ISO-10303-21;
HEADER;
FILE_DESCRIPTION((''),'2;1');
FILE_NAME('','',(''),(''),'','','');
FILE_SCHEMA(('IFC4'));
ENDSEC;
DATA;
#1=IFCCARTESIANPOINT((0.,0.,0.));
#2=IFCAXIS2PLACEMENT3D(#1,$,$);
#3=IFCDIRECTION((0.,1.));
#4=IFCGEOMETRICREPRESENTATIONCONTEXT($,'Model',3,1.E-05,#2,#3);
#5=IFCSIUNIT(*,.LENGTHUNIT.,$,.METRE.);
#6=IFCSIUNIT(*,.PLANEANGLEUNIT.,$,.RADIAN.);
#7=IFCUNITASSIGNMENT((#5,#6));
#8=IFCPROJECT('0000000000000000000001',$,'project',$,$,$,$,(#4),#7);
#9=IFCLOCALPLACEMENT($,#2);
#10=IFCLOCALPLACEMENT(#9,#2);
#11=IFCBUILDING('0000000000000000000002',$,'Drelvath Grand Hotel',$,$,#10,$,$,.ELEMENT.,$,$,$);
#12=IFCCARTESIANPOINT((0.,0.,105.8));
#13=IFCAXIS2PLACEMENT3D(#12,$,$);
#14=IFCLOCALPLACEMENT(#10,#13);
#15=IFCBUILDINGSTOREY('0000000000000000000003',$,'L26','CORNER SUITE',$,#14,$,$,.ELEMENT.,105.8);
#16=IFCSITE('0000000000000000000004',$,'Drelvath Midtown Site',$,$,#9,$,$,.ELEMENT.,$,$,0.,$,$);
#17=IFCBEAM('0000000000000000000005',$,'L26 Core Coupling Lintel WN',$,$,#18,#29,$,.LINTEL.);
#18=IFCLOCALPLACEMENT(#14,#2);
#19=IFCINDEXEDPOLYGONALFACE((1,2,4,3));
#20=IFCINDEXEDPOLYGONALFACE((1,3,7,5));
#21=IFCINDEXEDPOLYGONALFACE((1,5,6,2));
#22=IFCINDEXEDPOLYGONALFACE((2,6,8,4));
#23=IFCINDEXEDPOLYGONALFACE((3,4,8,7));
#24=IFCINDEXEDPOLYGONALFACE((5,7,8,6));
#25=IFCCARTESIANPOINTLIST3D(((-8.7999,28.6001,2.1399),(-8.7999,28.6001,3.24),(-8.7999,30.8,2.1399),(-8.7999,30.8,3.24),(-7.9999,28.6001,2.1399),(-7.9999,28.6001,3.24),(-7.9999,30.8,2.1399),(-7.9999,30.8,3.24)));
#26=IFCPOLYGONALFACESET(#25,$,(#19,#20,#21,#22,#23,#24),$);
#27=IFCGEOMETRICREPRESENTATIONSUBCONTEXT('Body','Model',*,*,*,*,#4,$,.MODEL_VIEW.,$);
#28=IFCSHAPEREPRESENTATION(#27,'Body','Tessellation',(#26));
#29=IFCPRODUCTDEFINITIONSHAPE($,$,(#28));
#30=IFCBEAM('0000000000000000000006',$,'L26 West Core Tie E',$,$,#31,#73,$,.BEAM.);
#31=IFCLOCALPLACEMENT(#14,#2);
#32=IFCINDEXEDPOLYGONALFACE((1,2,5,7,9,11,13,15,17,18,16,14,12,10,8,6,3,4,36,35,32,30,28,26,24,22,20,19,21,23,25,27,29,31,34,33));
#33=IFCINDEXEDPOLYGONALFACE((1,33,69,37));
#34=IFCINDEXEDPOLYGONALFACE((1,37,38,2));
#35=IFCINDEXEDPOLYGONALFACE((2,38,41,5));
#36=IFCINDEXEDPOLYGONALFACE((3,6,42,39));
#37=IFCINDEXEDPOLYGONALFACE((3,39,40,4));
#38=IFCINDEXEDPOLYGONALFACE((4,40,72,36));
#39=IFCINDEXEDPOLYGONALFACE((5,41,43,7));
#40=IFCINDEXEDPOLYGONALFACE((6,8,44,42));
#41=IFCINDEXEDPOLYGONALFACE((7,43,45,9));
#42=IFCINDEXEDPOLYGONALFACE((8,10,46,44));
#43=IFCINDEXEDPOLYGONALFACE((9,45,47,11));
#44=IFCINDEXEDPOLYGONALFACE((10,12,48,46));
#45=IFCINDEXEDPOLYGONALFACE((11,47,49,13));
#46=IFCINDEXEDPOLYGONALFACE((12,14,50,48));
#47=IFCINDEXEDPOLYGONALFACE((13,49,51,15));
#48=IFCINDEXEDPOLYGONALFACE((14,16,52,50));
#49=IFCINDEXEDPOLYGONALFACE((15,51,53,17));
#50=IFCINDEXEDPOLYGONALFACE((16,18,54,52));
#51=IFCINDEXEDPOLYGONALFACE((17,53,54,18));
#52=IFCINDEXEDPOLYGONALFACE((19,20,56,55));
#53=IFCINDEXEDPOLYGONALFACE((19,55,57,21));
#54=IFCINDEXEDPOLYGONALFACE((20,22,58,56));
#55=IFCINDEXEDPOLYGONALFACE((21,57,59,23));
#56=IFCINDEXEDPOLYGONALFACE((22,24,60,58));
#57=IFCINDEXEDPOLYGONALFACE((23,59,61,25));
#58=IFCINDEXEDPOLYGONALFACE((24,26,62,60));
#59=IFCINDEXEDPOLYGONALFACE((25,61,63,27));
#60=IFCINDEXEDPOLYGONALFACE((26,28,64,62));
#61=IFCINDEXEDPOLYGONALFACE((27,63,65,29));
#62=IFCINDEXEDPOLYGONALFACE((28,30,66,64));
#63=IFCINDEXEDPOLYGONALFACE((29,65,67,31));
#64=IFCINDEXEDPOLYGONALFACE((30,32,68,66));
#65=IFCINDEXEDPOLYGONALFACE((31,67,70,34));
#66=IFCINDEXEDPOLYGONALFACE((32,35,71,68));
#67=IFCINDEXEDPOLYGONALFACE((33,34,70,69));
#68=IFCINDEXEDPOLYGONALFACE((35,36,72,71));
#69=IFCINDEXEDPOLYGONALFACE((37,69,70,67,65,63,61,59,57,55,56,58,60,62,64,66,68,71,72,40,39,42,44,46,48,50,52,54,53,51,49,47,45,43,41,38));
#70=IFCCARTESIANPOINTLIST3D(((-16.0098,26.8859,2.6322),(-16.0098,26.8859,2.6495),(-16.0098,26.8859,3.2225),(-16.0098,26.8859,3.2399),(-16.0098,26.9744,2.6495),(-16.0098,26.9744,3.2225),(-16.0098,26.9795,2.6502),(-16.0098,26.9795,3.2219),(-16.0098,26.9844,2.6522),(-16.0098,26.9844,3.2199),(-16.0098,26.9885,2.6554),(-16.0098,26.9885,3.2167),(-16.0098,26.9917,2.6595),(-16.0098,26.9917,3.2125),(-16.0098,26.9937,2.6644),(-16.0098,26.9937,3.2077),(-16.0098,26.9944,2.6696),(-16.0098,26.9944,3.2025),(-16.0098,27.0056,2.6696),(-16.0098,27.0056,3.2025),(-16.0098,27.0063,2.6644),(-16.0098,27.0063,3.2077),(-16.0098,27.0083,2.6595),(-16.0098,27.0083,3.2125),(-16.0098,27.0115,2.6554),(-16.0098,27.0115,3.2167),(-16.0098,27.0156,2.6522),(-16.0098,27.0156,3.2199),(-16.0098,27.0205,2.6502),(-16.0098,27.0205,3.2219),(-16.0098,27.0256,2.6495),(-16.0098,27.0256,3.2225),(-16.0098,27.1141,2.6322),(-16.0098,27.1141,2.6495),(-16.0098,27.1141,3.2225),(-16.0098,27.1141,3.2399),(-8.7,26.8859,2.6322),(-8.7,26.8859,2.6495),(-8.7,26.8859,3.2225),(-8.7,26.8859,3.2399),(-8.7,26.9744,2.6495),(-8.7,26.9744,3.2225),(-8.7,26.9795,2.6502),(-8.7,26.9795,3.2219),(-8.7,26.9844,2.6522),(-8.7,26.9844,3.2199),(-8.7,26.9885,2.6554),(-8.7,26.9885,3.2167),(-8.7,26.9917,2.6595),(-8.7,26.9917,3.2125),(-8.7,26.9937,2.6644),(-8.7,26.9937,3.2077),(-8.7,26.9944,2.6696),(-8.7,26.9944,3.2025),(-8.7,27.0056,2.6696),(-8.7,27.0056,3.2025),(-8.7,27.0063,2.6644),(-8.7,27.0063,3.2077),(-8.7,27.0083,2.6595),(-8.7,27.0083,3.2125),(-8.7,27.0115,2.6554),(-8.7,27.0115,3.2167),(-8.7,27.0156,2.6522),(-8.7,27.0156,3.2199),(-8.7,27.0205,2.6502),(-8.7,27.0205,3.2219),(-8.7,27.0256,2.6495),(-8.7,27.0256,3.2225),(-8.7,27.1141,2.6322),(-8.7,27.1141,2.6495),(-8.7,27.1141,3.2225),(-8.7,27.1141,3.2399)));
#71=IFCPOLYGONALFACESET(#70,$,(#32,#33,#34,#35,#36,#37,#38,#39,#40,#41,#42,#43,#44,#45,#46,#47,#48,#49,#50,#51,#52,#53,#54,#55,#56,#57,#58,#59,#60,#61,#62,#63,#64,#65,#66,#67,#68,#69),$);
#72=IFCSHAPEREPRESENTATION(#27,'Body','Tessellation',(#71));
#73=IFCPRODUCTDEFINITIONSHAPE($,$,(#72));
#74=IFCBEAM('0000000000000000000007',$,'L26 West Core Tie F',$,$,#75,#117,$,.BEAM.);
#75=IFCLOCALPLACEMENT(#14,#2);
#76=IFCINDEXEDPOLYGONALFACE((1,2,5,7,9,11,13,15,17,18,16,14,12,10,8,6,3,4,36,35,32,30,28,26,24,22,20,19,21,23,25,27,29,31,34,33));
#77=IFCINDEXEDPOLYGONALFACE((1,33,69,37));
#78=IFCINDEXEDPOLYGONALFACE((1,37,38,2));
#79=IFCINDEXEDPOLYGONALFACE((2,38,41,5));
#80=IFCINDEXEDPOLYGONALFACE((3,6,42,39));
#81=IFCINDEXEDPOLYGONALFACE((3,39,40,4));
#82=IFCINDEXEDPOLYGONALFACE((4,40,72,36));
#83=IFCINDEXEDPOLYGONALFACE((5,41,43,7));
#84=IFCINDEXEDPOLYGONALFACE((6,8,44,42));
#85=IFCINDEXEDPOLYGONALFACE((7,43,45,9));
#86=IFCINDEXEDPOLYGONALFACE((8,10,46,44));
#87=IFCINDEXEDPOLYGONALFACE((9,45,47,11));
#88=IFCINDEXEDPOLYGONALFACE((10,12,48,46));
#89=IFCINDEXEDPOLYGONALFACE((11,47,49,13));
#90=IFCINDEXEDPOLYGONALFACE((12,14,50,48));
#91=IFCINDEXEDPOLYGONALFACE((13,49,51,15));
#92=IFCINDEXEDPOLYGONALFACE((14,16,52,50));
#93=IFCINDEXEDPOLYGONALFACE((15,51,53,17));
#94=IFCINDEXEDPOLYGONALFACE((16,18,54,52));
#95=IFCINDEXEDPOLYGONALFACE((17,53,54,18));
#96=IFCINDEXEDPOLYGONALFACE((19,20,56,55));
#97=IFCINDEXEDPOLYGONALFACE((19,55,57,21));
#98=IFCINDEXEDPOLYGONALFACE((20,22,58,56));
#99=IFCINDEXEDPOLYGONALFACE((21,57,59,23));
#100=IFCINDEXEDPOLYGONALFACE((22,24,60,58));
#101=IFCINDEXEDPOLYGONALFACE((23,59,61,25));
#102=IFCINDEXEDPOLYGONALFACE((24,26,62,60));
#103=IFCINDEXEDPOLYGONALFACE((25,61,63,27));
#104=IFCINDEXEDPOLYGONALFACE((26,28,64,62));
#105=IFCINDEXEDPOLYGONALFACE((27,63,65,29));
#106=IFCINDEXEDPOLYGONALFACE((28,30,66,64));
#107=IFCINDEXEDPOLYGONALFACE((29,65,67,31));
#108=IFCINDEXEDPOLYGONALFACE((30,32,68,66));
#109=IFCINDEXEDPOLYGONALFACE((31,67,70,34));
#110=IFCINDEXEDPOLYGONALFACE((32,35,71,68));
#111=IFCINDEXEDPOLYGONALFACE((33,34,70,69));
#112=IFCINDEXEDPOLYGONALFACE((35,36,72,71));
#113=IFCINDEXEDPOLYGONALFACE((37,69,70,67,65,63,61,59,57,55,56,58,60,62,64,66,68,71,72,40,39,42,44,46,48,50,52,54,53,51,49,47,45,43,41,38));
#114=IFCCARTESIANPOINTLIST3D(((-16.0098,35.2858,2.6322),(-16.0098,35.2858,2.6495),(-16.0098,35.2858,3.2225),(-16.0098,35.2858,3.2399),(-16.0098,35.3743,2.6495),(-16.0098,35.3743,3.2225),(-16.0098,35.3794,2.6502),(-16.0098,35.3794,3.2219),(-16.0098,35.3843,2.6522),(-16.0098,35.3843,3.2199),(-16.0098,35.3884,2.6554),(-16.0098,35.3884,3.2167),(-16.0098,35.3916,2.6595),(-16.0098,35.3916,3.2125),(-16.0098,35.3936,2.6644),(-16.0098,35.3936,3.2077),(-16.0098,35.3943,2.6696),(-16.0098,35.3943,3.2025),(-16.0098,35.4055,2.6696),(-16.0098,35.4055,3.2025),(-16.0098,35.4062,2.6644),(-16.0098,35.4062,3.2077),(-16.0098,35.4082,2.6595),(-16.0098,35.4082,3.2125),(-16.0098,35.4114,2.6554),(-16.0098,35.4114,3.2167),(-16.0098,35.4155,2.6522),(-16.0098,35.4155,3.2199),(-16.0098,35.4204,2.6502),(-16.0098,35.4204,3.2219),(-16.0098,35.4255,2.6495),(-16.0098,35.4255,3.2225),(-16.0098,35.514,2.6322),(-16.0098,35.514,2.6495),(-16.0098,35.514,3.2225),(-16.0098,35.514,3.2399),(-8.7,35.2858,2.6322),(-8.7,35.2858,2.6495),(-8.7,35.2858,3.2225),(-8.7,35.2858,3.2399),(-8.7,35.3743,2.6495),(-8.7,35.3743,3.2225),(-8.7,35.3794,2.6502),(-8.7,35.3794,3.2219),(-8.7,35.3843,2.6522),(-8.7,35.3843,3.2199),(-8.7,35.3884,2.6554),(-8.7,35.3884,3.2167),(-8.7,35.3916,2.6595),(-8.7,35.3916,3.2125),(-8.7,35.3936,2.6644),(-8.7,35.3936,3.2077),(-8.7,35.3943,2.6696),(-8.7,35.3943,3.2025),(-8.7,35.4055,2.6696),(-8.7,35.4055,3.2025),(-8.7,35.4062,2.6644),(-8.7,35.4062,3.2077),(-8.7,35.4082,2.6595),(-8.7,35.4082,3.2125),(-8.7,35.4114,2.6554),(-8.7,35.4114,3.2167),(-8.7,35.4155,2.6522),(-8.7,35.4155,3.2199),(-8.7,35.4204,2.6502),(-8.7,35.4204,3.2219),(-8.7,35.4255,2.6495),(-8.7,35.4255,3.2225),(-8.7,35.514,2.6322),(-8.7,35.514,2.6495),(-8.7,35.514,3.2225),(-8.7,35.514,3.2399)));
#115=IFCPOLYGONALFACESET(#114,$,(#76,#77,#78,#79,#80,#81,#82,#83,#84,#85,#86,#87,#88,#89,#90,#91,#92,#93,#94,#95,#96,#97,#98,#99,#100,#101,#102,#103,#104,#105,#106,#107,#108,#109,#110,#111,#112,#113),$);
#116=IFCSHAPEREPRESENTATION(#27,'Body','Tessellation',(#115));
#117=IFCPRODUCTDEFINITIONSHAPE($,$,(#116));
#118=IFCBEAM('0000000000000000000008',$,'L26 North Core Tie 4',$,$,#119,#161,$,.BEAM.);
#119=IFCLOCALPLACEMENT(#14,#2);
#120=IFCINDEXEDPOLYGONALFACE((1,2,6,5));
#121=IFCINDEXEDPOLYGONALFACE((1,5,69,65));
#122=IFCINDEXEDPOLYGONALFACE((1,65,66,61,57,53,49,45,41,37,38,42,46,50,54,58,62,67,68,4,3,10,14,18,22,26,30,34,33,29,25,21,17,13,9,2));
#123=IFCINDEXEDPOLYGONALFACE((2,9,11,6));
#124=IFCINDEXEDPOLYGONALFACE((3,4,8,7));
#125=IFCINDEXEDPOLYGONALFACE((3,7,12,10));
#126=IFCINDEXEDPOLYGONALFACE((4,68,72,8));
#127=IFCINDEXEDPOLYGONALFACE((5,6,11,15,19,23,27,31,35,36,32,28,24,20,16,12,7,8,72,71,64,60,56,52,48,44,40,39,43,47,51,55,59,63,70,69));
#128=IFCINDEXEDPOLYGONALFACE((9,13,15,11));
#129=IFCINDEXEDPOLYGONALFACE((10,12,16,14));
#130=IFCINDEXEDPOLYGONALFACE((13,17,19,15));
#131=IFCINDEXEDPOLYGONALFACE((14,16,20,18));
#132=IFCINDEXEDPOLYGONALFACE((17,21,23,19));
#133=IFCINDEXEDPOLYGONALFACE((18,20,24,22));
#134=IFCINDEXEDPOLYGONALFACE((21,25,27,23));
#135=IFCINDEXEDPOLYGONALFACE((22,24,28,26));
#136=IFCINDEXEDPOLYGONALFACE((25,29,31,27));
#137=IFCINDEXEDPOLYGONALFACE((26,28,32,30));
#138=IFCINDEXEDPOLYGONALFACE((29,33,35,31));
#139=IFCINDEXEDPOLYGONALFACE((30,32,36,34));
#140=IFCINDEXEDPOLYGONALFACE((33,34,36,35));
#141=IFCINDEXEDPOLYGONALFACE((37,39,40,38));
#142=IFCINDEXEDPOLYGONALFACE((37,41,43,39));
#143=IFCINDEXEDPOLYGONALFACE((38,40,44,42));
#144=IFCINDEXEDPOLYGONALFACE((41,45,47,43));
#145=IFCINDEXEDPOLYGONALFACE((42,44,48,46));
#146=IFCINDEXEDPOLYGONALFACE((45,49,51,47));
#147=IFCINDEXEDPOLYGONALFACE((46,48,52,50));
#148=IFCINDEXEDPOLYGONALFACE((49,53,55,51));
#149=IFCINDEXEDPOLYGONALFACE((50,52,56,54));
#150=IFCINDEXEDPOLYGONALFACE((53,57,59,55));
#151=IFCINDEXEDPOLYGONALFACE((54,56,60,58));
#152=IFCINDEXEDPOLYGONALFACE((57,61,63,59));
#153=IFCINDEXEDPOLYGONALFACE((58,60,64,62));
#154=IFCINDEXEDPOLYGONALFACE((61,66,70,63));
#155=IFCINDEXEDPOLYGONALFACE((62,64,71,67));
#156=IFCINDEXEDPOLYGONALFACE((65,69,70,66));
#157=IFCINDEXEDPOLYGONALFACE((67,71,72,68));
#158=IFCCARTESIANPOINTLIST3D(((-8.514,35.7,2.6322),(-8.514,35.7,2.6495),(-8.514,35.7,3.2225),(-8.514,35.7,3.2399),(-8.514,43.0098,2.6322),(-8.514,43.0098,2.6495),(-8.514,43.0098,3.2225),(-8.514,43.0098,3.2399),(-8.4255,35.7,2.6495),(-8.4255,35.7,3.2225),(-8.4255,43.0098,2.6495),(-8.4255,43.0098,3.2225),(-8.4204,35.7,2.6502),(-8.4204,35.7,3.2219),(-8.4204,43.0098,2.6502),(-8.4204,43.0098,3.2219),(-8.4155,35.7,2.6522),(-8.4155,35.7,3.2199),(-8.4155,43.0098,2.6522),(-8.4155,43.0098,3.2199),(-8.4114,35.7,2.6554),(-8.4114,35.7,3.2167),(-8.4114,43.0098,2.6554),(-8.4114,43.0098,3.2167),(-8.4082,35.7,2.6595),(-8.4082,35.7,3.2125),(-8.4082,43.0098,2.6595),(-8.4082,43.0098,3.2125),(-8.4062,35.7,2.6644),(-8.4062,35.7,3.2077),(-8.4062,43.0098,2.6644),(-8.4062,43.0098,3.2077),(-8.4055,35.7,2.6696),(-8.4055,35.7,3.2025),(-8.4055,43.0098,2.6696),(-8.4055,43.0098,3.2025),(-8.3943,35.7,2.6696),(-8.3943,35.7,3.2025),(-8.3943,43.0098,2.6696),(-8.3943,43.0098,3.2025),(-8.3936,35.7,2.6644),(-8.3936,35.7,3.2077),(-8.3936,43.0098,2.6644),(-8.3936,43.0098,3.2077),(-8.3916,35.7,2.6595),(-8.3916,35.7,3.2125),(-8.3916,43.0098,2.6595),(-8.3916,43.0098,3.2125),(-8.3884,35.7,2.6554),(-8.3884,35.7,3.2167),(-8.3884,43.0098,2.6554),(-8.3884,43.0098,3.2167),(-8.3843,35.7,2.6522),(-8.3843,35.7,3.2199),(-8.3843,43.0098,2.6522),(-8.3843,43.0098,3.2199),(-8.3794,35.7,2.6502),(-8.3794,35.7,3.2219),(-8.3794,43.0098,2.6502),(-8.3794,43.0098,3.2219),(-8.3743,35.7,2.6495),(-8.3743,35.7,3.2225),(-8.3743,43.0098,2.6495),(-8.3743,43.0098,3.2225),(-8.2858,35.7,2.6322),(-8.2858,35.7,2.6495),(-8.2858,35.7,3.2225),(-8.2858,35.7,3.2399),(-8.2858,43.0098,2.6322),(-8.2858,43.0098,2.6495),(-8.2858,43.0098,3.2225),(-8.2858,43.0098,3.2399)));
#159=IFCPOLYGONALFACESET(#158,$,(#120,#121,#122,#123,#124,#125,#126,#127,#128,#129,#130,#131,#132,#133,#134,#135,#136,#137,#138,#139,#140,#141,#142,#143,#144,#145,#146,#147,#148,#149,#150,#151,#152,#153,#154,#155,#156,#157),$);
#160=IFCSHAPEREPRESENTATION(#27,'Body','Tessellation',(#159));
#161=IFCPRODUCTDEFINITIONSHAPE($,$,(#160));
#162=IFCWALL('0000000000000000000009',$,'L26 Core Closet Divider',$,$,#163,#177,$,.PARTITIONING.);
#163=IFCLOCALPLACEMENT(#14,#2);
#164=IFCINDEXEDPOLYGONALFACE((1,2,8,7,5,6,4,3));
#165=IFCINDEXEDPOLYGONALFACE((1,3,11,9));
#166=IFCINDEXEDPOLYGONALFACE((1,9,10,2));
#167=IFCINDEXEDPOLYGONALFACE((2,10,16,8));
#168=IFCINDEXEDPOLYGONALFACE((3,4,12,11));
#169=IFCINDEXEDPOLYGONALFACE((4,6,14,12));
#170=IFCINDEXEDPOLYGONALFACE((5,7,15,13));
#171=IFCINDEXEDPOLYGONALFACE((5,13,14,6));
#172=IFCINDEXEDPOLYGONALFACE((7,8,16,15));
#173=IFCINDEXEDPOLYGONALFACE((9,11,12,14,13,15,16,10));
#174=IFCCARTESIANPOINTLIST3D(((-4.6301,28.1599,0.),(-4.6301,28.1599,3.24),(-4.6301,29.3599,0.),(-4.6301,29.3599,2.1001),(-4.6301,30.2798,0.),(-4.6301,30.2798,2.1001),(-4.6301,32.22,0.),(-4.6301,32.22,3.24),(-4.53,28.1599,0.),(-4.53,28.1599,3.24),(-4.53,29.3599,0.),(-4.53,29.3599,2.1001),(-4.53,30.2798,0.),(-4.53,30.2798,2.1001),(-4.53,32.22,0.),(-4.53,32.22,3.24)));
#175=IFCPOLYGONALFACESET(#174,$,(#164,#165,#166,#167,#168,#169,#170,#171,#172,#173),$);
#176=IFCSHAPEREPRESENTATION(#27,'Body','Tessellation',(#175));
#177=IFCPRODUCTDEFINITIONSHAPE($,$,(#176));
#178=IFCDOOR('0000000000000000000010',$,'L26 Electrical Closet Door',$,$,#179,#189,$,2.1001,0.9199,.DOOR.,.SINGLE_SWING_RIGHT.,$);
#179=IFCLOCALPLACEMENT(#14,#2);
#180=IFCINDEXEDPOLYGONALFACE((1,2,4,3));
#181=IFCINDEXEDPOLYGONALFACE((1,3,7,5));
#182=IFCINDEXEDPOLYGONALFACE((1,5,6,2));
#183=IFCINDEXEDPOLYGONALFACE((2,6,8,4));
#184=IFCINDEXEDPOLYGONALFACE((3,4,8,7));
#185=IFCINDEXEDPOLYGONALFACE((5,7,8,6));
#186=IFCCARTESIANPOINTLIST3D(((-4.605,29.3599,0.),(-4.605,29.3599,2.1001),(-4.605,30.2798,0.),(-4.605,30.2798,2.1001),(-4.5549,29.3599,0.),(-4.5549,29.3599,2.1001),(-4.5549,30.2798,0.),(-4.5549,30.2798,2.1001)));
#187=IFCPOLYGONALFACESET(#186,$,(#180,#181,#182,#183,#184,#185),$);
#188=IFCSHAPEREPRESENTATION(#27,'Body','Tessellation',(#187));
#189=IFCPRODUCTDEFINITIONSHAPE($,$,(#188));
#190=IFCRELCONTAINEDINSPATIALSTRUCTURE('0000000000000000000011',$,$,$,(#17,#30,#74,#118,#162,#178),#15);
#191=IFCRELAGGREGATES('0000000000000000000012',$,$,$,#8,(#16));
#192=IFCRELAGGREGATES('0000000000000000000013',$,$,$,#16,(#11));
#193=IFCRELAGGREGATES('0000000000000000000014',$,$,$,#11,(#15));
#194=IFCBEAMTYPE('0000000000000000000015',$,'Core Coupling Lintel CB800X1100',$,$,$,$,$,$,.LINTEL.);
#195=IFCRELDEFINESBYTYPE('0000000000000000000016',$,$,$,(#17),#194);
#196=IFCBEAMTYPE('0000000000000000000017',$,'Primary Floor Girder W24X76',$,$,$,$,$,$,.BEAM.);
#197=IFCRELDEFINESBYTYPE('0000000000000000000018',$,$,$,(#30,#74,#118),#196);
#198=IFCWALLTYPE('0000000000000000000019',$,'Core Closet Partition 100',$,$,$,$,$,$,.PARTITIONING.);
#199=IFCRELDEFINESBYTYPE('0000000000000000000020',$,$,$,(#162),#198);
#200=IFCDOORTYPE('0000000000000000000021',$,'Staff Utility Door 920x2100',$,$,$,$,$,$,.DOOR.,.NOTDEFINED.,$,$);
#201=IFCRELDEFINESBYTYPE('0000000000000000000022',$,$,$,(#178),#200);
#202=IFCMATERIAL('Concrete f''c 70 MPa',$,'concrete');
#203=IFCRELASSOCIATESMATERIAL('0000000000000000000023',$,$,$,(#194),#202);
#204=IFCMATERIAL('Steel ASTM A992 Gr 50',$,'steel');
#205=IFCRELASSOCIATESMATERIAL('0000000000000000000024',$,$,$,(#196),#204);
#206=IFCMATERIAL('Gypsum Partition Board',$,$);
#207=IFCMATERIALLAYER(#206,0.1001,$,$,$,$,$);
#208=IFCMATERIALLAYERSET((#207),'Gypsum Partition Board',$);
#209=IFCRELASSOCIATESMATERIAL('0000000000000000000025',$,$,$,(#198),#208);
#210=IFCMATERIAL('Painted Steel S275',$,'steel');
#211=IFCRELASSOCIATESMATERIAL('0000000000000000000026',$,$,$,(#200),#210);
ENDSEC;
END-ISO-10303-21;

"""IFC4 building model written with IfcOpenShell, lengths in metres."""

from ifc_helpers import new_model, si_unit, direction, frame, frame_2d, origin, origin_2d, place, context, subcontext, project, spatial, rectangle, i_section, extrude, material, layer, layer_set, material_profile, profile_set, type_object, element, fill, save


model = new_model("IFC4")

# Units and contexts
model_context = context("Model", 3, precision=1e-05, world=origin(), true_north=direction((0.0, 1.0)))
body_context = subcontext(model_context, "Body", "Model", "MODEL_VIEW")
ifc_project = project(units=[si_unit("LENGTHUNIT", "METRE"), si_unit("PLANEANGLEUNIT", "RADIAN")], contexts=[model_context])

# Site, building, storey
site_placement = place(None, origin())
site = spatial("IfcSite", under=ifc_project, at=site_placement, Name="Drelvath Midtown Site", CompositionType="ELEMENT", RefElevation=0.0)
building_placement = place(site_placement, origin())
building = spatial("IfcBuilding", under=site, at=building_placement, Name="Drelvath Grand Hotel", CompositionType="ELEMENT")
storey_placement = place(building_placement, frame((0.0, 0.0, 105.8)))
storey = spatial("IfcBuildingStorey", under=building, at=storey_placement, Name="L26", Description="CORNER SUITE", CompositionType="ELEMENT", Elevation=105.8)

# Beams
ifc_material_1 = material(Name="Concrete f'c 70 MPa", Category="concrete")
ifc_material_profile_1 = material_profile(ifc_material_1, rectangle(XDim=0.8, YDim=1.1001, at=origin_2d()), Name="CB800X1100")
ifc_profile_set_1 = profile_set([ifc_material_profile_1], Name="Concrete f'c 70 MPa")
beam_type_1 = type_object("IfcBeamType", Name="Core Coupling Lintel CB800X1100", PredefinedType="LINTEL", material=ifc_profile_set_1)
beam_placement = place(storey_placement, frame((-8.3999, 28.6001, 2.6899), z_axis=(0.0, 1.0, 0.0), x_axis=(-1.0, 0.0, 0.0)))
element("IfcBeam", 1, at=beam_placement, inside=storey, type_object=beam_type_1, Name="L26 Core Coupling Lintel WN", PredefinedType="LINTEL", context=body_context, shape_type="SweptSolid", body=[
    extrude(rectangle(XDim=0.8, YDim=1.1001, at=origin_2d()), origin(), (0.0, 0.0, 1.0), 2.2),
])
ifc_material_2 = material(Name="Steel ASTM A992 Gr 50", Category="steel")
ifc_material_profile_2 = material_profile(ifc_material_2, i_section(OverallWidth=0.2283, OverallDepth=0.6077, WebThickness=0.0112, FlangeThickness=0.0173, FilletRadius=0.02, at=origin_2d()), Name="W24X76")
ifc_profile_set_2 = profile_set([ifc_material_profile_2], Name="Steel ASTM A992 Gr 50")
beam_type_2 = type_object("IfcBeamType", Name="Primary Floor Girder W24X76", PredefinedType="BEAM", material=ifc_profile_set_2)
for number, where, z_axis, x_axis, name in (
    (2, (-16.0098, 27.0, 2.936), (1.0, 0.0, 0.0), (0.0, 1.0, 0.0), "L26 West Core Tie E"),
    (3, (-16.0098, 35.3999, 2.936), (1.0, 0.0, 0.0), (0.0, 1.0, 0.0), "L26 West Core Tie F"),
    (4, (-8.3999, 35.7, 2.936), (0.0, 1.0, 0.0), (-1.0, 0.0, 0.0), "L26 North Core Tie 4"),
):
    element("IfcBeam", number, at=place(storey_placement, frame(where, z_axis=z_axis, x_axis=x_axis)), inside=storey, type_object=beam_type_2, Name=name, PredefinedType="BEAM", context=body_context, shape_type="SweptSolid", body=[
        extrude(i_section(OverallWidth=0.2283, OverallDepth=0.6077, WebThickness=0.0112, FlangeThickness=0.0173, FilletRadius=0.02, at=origin_2d()), origin(), (0.0, 0.0, 1.0), 7.3098),
    ])

# Wall, opening, door
ifc_material_3 = material(Name="Gypsum Partition Board")
ifc_layer_1 = layer(ifc_material_3, 0.1001)
ifc_layer_set_1 = layer_set([ifc_layer_1], Name="Gypsum Partition Board")
wall_type_1 = type_object("IfcWallType", Name="Core Closet Partition 100", PredefinedType="PARTITIONING", material=ifc_layer_set_1)
wall_1_placement = place(storey_placement, frame((-4.5801, 28.1599, 0.0), z_axis=(0.0, 0.0, 1.0), x_axis=(0.0, 1.0, 0.0)))
wall_1 = element("IfcWall", 5, at=wall_1_placement, inside=storey, type_object=wall_type_1, Name="L26 Core Closet Divider", PredefinedType="PARTITIONING", context=body_context, shape_type="SweptSolid", body=[
    extrude(rectangle(XDim=4.0601, YDim=0.1001, at=frame_2d((2.03, 0.0))), origin(), (0.0, 0.0, 1.0), 3.24),
])
opening_1_placement = place(wall_1_placement, frame((1.2, 0.0, 0.0)))
opening_1 = element("IfcOpeningElement", 6, at=opening_1_placement, cuts=wall_1, PredefinedType="OPENING", context=body_context, shape_type="SweptSolid", body=[
    extrude(rectangle(XDim=0.9199, YDim=2.1001, at=frame_2d((0.46, 1.05))), frame((0.0, 0.0601, 0.0), z_axis=(0.0, -1.0, 0.0), x_axis=(1.0, 0.0, 0.0)), (0.0, 0.0, 1.0), 0.1201),
])
ifc_material_4 = material(Name="Painted Steel S275", Category="steel")
door_type_1 = type_object("IfcDoorType", Name="Staff Utility Door 920x2100", OperationType="NOTDEFINED", PredefinedType="DOOR", material=ifc_material_4)
door_1_placement = place(opening_1_placement, origin())
door_1 = element("IfcDoor", 7, at=door_1_placement, inside=storey, type_object=door_type_1, Name="L26 Electrical Closet Door", OperationType="SINGLE_SWING_RIGHT", OverallHeight=2.1001, OverallWidth=0.9199, PredefinedType="DOOR", context=body_context, shape_type="SweptSolid", body=[
    extrude(rectangle(XDim=0.9199, YDim=2.1001, at=frame_2d((0.46, 1.05))), frame((0.0, 0.0249, 0.0), z_axis=(0.0, -1.0, 0.0), x_axis=(1.0, 0.0, 0.0)), (0.0, 0.0, 1.0), 0.05),
])
fill(opening_1, door_1)

save(model, "model.ifc")
